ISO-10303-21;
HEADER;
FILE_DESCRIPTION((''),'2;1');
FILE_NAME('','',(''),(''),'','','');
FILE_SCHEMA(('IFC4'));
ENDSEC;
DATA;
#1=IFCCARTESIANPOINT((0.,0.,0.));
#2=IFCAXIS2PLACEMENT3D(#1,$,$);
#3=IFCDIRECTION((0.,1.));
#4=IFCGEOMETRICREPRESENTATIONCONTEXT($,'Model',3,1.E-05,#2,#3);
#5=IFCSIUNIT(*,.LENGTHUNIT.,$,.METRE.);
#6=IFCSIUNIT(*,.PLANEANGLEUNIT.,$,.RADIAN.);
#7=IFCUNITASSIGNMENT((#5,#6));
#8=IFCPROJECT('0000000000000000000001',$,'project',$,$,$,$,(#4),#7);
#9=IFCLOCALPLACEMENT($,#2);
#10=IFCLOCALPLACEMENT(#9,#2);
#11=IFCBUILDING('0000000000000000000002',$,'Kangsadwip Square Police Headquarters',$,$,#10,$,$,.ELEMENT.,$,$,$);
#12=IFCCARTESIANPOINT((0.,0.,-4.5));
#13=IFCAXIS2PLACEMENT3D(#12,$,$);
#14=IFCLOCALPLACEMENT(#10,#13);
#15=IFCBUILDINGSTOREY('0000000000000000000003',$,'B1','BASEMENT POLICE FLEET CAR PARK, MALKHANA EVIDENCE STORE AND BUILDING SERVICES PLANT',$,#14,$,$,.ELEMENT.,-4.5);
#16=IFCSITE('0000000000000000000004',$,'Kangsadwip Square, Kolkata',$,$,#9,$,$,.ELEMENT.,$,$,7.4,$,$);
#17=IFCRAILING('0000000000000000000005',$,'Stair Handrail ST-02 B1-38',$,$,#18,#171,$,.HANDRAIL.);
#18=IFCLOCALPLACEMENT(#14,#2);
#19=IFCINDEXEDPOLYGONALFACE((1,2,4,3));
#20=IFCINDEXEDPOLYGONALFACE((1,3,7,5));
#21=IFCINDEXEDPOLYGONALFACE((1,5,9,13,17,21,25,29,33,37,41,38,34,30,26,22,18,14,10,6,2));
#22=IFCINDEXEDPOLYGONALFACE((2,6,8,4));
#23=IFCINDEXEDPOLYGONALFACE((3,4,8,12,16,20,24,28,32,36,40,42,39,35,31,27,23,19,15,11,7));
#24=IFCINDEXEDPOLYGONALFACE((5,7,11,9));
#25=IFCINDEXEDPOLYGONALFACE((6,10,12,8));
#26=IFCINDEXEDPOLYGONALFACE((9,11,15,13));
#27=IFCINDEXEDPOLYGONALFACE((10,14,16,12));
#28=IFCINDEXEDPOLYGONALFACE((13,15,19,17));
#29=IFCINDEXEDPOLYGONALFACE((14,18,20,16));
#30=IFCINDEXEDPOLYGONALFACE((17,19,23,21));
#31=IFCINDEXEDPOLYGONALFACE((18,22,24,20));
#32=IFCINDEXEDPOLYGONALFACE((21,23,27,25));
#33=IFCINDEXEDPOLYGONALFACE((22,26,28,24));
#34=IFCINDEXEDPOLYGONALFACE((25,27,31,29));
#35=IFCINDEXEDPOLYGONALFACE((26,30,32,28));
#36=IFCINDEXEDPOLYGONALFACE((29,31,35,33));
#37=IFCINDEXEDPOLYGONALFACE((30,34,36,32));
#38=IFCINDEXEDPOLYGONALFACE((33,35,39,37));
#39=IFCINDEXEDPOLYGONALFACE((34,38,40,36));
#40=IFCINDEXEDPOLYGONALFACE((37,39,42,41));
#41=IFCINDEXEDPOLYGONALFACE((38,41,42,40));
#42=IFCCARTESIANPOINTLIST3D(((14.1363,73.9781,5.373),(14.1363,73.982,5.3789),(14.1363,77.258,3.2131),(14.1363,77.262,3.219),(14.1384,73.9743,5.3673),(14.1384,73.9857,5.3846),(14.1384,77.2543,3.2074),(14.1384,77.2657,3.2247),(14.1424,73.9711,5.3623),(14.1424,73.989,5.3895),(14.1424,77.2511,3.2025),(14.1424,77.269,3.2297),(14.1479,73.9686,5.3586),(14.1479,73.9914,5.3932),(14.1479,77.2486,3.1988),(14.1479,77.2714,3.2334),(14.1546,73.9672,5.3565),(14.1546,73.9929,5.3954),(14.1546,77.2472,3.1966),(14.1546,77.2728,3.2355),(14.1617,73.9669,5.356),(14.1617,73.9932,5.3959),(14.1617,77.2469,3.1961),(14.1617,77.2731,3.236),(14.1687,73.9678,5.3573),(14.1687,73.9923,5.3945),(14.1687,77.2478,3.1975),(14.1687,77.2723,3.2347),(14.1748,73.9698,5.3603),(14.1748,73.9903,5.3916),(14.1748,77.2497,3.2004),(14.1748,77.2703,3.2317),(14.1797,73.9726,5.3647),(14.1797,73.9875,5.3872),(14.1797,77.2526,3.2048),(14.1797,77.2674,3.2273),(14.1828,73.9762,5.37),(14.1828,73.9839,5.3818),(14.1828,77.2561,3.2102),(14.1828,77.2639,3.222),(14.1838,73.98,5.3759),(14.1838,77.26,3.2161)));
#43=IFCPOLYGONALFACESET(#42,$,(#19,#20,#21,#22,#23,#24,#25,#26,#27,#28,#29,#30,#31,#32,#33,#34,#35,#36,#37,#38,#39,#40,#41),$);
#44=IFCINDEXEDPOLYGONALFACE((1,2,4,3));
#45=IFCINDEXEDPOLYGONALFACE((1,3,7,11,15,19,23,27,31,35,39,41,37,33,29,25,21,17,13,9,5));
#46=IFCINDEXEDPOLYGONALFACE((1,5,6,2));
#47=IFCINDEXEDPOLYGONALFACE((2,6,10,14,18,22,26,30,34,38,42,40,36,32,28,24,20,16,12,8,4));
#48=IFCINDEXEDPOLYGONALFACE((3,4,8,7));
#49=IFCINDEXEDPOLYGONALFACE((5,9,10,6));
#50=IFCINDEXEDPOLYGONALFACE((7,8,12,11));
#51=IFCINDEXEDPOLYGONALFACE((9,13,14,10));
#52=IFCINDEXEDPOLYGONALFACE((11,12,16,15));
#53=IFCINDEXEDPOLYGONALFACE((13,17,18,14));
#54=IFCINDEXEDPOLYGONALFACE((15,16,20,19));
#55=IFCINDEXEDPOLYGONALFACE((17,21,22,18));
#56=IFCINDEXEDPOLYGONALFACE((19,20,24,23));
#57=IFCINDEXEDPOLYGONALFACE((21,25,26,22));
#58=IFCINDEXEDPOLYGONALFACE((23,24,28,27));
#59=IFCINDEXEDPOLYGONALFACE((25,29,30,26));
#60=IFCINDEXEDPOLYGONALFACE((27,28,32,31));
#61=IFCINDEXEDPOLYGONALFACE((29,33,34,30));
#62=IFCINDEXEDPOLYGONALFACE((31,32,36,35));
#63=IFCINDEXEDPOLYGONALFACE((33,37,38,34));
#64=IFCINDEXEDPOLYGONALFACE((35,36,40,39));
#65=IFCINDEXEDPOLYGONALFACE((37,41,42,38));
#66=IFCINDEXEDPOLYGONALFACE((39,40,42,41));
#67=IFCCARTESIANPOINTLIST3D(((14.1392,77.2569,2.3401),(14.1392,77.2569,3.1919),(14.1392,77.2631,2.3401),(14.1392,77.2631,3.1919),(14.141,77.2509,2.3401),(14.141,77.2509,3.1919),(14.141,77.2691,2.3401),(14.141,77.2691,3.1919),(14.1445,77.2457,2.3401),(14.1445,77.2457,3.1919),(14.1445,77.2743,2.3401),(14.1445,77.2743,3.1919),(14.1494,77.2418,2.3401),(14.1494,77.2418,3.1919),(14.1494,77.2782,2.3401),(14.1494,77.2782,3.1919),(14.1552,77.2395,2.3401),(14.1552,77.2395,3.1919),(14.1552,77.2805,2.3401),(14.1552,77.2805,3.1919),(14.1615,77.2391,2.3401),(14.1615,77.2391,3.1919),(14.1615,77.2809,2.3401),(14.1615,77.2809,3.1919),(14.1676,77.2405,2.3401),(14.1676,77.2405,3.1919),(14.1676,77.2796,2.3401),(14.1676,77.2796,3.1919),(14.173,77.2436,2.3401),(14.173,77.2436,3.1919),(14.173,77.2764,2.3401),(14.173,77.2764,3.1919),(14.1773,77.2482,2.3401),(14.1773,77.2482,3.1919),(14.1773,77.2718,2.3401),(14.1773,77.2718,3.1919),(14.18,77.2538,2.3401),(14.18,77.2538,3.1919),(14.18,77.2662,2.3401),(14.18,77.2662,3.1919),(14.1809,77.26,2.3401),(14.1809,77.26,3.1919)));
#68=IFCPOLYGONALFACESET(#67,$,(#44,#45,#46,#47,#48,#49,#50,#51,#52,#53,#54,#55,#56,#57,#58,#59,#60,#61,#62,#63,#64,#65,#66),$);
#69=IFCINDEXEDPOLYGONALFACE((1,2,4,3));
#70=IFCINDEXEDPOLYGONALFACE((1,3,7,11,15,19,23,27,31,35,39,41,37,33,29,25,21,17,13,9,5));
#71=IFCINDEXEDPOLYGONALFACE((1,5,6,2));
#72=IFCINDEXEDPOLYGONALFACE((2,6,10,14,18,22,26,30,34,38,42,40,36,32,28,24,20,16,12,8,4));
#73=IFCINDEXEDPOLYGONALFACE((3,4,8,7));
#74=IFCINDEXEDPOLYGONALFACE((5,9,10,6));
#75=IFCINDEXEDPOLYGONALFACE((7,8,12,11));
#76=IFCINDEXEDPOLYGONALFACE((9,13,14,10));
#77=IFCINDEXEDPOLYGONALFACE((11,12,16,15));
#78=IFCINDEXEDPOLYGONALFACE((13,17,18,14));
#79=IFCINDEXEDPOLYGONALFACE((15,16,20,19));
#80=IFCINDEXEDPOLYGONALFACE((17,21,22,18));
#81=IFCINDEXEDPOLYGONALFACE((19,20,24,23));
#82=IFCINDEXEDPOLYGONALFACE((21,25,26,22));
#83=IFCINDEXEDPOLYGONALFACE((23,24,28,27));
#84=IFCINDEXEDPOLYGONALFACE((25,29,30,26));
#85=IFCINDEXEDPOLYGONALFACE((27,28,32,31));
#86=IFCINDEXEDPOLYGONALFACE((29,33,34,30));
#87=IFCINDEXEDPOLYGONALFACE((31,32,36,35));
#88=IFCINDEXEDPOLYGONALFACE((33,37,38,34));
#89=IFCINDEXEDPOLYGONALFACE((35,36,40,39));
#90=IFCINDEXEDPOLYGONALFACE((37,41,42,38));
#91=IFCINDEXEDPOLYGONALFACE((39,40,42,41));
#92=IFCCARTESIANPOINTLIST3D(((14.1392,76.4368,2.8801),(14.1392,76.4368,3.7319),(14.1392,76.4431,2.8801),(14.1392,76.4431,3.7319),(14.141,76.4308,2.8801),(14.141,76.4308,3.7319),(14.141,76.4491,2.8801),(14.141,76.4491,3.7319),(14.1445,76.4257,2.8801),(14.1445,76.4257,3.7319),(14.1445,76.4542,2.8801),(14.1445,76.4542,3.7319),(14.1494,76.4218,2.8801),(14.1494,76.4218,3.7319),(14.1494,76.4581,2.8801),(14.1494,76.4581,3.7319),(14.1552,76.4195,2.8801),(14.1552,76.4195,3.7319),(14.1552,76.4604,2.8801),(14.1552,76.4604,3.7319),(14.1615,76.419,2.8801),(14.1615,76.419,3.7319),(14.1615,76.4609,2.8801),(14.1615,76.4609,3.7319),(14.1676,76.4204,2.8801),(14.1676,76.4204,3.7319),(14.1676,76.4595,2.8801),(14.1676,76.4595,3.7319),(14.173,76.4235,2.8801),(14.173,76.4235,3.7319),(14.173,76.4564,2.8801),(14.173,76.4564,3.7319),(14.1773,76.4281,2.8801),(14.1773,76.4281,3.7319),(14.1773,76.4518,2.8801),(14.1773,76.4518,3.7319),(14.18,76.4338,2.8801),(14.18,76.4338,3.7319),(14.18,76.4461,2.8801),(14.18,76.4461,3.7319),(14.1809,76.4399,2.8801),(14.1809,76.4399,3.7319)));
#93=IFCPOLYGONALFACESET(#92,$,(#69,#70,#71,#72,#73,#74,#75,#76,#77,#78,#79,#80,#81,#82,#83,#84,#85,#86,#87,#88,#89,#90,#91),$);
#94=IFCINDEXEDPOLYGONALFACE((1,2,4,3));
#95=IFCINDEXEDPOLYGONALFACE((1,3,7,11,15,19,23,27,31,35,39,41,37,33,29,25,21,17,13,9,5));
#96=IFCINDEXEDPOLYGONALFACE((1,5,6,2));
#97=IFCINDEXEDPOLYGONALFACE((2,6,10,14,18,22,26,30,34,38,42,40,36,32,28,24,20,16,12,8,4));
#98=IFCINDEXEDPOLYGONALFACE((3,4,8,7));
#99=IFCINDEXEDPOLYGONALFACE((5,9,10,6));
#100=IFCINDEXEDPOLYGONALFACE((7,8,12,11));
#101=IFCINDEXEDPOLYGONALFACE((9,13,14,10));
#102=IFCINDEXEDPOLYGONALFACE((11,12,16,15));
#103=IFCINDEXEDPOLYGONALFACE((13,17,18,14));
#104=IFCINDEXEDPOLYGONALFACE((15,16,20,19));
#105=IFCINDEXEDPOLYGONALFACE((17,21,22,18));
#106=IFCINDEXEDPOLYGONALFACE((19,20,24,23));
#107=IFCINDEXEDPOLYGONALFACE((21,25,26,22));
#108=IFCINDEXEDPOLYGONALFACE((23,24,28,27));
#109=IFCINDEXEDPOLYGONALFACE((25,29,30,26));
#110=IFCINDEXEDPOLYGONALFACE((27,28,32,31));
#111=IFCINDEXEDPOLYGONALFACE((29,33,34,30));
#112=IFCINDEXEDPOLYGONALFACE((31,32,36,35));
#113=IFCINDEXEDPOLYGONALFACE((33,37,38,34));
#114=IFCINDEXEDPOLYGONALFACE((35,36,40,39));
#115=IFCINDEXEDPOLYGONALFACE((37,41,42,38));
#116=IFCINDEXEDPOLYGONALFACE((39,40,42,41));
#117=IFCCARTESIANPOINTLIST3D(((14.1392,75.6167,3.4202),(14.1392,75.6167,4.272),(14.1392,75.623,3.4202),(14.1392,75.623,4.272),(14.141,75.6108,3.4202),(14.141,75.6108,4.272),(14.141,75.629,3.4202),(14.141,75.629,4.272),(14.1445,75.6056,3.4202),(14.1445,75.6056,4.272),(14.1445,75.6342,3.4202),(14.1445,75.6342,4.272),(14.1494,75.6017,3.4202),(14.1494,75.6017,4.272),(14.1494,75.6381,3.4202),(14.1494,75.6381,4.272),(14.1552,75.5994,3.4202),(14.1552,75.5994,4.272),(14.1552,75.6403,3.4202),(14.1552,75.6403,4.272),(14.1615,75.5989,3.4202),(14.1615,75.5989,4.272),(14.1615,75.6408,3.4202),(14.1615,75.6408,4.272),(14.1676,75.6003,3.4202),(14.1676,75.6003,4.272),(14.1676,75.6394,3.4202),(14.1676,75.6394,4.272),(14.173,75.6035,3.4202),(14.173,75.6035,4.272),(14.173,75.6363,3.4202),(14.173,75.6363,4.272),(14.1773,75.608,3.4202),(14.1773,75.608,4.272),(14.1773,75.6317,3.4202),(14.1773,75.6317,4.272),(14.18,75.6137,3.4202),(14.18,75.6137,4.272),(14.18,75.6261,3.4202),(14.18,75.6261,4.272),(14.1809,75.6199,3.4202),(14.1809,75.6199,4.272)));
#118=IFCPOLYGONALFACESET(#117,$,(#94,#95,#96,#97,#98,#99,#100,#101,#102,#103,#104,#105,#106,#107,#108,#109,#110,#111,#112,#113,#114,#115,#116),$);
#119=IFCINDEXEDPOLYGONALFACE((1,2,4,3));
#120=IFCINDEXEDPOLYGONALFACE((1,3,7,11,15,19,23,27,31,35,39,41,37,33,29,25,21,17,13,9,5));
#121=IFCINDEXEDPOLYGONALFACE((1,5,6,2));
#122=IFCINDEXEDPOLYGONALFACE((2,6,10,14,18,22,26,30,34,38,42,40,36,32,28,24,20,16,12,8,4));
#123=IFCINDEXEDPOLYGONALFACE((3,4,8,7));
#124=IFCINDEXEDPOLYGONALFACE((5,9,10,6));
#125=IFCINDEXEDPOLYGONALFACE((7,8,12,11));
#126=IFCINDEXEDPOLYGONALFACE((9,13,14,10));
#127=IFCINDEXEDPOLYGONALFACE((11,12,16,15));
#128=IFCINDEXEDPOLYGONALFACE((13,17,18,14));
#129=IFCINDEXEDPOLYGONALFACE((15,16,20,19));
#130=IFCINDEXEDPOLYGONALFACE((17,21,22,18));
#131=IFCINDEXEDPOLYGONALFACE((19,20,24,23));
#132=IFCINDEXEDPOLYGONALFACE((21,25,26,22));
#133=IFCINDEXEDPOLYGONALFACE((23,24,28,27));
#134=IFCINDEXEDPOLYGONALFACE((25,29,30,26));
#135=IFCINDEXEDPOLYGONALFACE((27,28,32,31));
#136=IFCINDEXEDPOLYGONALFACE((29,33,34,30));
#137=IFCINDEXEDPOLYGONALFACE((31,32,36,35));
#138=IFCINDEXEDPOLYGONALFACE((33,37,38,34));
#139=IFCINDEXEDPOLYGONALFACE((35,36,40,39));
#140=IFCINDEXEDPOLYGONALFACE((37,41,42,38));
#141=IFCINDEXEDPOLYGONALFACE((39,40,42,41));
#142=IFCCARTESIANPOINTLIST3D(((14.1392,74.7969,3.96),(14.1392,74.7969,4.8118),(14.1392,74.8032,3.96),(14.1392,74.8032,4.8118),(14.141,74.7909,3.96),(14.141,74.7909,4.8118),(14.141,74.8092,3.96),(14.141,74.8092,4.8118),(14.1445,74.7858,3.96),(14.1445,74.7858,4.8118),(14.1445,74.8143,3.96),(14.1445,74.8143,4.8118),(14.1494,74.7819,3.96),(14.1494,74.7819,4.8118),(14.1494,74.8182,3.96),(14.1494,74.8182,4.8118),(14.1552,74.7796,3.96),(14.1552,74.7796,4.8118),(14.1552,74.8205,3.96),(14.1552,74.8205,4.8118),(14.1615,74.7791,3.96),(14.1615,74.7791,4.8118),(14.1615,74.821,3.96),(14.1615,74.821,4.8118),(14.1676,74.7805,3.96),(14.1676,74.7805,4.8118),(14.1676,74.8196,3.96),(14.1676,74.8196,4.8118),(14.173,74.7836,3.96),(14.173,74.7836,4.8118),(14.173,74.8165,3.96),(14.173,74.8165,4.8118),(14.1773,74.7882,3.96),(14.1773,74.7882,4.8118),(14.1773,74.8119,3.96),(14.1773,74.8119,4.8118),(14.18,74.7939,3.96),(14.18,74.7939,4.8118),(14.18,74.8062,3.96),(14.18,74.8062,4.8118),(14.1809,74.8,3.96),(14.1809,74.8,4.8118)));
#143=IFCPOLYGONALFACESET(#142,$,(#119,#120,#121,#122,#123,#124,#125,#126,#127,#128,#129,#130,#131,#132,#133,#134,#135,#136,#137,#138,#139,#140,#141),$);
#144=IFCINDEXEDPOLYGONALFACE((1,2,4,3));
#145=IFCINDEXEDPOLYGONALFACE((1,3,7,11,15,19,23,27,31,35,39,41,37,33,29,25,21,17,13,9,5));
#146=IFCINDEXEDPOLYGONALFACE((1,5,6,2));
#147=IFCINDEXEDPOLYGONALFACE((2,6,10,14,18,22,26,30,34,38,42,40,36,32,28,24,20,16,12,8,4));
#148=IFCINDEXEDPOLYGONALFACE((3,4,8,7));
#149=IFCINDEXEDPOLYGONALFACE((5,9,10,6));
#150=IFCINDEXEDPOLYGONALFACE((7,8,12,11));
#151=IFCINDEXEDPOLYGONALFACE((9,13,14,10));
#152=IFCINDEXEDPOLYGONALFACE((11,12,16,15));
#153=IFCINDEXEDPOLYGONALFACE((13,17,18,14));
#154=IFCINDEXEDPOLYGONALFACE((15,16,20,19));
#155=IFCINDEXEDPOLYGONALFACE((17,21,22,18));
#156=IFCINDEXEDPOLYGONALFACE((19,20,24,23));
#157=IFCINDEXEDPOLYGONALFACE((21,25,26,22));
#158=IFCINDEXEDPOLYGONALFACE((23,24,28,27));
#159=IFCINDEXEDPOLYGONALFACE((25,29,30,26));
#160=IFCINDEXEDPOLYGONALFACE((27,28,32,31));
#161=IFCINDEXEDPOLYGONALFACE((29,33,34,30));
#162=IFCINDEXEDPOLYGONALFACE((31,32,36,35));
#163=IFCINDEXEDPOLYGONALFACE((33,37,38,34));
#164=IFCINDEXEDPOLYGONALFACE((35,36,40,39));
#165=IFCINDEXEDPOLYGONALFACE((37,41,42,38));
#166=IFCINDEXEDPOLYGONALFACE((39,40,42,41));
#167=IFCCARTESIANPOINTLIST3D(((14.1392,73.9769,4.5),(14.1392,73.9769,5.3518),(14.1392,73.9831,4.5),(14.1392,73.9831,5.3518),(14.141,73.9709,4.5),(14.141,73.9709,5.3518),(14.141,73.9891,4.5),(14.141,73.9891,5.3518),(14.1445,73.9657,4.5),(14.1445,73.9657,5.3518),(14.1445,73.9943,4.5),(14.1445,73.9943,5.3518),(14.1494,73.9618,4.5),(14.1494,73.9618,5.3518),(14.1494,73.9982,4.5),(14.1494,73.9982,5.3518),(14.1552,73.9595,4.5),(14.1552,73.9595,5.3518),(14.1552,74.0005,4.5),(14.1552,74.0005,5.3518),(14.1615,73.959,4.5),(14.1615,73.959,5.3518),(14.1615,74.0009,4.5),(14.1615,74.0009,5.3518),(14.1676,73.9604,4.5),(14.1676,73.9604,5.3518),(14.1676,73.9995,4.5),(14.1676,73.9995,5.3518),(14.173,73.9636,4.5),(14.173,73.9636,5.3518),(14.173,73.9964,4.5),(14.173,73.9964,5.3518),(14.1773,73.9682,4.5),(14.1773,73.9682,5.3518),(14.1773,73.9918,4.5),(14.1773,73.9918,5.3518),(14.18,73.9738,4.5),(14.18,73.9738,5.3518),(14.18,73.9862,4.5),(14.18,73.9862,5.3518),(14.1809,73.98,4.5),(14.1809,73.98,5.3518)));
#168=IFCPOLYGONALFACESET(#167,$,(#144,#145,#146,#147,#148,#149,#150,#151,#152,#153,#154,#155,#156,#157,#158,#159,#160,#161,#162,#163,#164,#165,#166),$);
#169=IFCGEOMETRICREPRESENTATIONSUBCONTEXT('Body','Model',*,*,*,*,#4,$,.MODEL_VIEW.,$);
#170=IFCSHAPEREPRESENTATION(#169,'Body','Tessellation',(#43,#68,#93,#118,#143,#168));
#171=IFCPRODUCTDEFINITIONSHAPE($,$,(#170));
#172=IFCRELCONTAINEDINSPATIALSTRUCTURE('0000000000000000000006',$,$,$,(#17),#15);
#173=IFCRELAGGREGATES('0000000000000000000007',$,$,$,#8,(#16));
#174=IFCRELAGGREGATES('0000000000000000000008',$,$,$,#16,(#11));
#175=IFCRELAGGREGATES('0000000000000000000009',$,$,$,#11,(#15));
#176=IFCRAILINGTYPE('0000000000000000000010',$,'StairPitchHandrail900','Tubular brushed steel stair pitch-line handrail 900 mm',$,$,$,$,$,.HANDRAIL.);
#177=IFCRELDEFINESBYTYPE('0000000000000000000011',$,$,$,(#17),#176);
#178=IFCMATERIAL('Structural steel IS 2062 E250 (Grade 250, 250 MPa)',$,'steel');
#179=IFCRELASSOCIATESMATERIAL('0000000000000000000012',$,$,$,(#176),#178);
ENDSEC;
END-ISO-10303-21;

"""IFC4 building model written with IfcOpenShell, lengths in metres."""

from ifc_helpers import new_model, si_unit, direction, frame, origin, origin_2d, place, context, subcontext, project, spatial, circle, extrude, material, type_object, element, save


model = new_model("IFC4")

# Units and contexts
model_context = context("Model", 3, precision=1e-05, world=origin(), true_north=direction((0.0, 1.0)))
body_context = subcontext(model_context, "Body", "Model", "MODEL_VIEW")
ifc_project = project(units=[si_unit("LENGTHUNIT", "METRE"), si_unit("PLANEANGLEUNIT", "RADIAN")], contexts=[model_context])

# Site, building, storey
site_placement = place(None, origin())
site = spatial("IfcSite", under=ifc_project, at=site_placement, Name="Kangsadwip Square, Kolkata", CompositionType="ELEMENT", RefElevation=7.4)
building_placement = place(site_placement, origin())
building = spatial("IfcBuilding", under=site, at=building_placement, Name="Kangsadwip Square Police Headquarters", CompositionType="ELEMENT")
storey_placement = place(building_placement, frame((0.0, 0.0, -4.5)))
storey = spatial("IfcBuildingStorey", under=building, at=storey_placement, Name="B1", Description="BASEMENT POLICE FLEET CAR PARK, MALKHANA EVIDENCE STORE AND BUILDING SERVICES PLANT", CompositionType="ELEMENT", Elevation=-4.5)

# Railing
ifc_material_1 = material(Name="Structural steel IS 2062 E250 (Grade 250, 250 MPa)", Category="steel")
railing_type_1 = type_object("IfcRailingType", Name="StairPitchHandrail900", Description="Tubular brushed steel stair pitch-line handrail 900 mm", PredefinedType="HANDRAIL", material=ifc_material_1)
railing_1_placement = place(storey_placement, frame((14.1599, 77.26, 2.3401)))
element("IfcRailing", 1, at=railing_1_placement, inside=storey, type_object=railing_type_1, Name="Stair Handrail ST-02 B1-38", PredefinedType="HANDRAIL", context=body_context, shape_type="SweptSolid", body=[
    extrude(circle(Radius=0.0239, at=origin_2d()), frame((0.0, 0.0, 0.876), z_axis=(0.0, -0.835183, 0.549972), x_axis=(1.0, 0.0, 0.0)), (0.0, 0.0, 1.0), 3.9272),
    extrude(circle(Radius=0.021, at=origin_2d()), origin(), (0.0, 0.0, 1.0), 0.8518),
    extrude(circle(Radius=0.021, at=origin_2d()), frame((0.0, -0.8201, 0.54)), (0.0, 0.0, 1.0), 0.8518),
    extrude(circle(Radius=0.021, at=origin_2d()), frame((0.0, -1.6401, 1.0801)), (0.0, 0.0, 1.0), 0.8518),
    extrude(circle(Radius=0.021, at=origin_2d()), frame((0.0, -2.46, 1.6199)), (0.0, 0.0, 1.0), 0.8518),
    extrude(circle(Radius=0.021, at=origin_2d()), frame((0.0, -3.28, 2.1599)), (0.0, 0.0, 1.0), 0.8518),
])

save(model, "model.ifc")
